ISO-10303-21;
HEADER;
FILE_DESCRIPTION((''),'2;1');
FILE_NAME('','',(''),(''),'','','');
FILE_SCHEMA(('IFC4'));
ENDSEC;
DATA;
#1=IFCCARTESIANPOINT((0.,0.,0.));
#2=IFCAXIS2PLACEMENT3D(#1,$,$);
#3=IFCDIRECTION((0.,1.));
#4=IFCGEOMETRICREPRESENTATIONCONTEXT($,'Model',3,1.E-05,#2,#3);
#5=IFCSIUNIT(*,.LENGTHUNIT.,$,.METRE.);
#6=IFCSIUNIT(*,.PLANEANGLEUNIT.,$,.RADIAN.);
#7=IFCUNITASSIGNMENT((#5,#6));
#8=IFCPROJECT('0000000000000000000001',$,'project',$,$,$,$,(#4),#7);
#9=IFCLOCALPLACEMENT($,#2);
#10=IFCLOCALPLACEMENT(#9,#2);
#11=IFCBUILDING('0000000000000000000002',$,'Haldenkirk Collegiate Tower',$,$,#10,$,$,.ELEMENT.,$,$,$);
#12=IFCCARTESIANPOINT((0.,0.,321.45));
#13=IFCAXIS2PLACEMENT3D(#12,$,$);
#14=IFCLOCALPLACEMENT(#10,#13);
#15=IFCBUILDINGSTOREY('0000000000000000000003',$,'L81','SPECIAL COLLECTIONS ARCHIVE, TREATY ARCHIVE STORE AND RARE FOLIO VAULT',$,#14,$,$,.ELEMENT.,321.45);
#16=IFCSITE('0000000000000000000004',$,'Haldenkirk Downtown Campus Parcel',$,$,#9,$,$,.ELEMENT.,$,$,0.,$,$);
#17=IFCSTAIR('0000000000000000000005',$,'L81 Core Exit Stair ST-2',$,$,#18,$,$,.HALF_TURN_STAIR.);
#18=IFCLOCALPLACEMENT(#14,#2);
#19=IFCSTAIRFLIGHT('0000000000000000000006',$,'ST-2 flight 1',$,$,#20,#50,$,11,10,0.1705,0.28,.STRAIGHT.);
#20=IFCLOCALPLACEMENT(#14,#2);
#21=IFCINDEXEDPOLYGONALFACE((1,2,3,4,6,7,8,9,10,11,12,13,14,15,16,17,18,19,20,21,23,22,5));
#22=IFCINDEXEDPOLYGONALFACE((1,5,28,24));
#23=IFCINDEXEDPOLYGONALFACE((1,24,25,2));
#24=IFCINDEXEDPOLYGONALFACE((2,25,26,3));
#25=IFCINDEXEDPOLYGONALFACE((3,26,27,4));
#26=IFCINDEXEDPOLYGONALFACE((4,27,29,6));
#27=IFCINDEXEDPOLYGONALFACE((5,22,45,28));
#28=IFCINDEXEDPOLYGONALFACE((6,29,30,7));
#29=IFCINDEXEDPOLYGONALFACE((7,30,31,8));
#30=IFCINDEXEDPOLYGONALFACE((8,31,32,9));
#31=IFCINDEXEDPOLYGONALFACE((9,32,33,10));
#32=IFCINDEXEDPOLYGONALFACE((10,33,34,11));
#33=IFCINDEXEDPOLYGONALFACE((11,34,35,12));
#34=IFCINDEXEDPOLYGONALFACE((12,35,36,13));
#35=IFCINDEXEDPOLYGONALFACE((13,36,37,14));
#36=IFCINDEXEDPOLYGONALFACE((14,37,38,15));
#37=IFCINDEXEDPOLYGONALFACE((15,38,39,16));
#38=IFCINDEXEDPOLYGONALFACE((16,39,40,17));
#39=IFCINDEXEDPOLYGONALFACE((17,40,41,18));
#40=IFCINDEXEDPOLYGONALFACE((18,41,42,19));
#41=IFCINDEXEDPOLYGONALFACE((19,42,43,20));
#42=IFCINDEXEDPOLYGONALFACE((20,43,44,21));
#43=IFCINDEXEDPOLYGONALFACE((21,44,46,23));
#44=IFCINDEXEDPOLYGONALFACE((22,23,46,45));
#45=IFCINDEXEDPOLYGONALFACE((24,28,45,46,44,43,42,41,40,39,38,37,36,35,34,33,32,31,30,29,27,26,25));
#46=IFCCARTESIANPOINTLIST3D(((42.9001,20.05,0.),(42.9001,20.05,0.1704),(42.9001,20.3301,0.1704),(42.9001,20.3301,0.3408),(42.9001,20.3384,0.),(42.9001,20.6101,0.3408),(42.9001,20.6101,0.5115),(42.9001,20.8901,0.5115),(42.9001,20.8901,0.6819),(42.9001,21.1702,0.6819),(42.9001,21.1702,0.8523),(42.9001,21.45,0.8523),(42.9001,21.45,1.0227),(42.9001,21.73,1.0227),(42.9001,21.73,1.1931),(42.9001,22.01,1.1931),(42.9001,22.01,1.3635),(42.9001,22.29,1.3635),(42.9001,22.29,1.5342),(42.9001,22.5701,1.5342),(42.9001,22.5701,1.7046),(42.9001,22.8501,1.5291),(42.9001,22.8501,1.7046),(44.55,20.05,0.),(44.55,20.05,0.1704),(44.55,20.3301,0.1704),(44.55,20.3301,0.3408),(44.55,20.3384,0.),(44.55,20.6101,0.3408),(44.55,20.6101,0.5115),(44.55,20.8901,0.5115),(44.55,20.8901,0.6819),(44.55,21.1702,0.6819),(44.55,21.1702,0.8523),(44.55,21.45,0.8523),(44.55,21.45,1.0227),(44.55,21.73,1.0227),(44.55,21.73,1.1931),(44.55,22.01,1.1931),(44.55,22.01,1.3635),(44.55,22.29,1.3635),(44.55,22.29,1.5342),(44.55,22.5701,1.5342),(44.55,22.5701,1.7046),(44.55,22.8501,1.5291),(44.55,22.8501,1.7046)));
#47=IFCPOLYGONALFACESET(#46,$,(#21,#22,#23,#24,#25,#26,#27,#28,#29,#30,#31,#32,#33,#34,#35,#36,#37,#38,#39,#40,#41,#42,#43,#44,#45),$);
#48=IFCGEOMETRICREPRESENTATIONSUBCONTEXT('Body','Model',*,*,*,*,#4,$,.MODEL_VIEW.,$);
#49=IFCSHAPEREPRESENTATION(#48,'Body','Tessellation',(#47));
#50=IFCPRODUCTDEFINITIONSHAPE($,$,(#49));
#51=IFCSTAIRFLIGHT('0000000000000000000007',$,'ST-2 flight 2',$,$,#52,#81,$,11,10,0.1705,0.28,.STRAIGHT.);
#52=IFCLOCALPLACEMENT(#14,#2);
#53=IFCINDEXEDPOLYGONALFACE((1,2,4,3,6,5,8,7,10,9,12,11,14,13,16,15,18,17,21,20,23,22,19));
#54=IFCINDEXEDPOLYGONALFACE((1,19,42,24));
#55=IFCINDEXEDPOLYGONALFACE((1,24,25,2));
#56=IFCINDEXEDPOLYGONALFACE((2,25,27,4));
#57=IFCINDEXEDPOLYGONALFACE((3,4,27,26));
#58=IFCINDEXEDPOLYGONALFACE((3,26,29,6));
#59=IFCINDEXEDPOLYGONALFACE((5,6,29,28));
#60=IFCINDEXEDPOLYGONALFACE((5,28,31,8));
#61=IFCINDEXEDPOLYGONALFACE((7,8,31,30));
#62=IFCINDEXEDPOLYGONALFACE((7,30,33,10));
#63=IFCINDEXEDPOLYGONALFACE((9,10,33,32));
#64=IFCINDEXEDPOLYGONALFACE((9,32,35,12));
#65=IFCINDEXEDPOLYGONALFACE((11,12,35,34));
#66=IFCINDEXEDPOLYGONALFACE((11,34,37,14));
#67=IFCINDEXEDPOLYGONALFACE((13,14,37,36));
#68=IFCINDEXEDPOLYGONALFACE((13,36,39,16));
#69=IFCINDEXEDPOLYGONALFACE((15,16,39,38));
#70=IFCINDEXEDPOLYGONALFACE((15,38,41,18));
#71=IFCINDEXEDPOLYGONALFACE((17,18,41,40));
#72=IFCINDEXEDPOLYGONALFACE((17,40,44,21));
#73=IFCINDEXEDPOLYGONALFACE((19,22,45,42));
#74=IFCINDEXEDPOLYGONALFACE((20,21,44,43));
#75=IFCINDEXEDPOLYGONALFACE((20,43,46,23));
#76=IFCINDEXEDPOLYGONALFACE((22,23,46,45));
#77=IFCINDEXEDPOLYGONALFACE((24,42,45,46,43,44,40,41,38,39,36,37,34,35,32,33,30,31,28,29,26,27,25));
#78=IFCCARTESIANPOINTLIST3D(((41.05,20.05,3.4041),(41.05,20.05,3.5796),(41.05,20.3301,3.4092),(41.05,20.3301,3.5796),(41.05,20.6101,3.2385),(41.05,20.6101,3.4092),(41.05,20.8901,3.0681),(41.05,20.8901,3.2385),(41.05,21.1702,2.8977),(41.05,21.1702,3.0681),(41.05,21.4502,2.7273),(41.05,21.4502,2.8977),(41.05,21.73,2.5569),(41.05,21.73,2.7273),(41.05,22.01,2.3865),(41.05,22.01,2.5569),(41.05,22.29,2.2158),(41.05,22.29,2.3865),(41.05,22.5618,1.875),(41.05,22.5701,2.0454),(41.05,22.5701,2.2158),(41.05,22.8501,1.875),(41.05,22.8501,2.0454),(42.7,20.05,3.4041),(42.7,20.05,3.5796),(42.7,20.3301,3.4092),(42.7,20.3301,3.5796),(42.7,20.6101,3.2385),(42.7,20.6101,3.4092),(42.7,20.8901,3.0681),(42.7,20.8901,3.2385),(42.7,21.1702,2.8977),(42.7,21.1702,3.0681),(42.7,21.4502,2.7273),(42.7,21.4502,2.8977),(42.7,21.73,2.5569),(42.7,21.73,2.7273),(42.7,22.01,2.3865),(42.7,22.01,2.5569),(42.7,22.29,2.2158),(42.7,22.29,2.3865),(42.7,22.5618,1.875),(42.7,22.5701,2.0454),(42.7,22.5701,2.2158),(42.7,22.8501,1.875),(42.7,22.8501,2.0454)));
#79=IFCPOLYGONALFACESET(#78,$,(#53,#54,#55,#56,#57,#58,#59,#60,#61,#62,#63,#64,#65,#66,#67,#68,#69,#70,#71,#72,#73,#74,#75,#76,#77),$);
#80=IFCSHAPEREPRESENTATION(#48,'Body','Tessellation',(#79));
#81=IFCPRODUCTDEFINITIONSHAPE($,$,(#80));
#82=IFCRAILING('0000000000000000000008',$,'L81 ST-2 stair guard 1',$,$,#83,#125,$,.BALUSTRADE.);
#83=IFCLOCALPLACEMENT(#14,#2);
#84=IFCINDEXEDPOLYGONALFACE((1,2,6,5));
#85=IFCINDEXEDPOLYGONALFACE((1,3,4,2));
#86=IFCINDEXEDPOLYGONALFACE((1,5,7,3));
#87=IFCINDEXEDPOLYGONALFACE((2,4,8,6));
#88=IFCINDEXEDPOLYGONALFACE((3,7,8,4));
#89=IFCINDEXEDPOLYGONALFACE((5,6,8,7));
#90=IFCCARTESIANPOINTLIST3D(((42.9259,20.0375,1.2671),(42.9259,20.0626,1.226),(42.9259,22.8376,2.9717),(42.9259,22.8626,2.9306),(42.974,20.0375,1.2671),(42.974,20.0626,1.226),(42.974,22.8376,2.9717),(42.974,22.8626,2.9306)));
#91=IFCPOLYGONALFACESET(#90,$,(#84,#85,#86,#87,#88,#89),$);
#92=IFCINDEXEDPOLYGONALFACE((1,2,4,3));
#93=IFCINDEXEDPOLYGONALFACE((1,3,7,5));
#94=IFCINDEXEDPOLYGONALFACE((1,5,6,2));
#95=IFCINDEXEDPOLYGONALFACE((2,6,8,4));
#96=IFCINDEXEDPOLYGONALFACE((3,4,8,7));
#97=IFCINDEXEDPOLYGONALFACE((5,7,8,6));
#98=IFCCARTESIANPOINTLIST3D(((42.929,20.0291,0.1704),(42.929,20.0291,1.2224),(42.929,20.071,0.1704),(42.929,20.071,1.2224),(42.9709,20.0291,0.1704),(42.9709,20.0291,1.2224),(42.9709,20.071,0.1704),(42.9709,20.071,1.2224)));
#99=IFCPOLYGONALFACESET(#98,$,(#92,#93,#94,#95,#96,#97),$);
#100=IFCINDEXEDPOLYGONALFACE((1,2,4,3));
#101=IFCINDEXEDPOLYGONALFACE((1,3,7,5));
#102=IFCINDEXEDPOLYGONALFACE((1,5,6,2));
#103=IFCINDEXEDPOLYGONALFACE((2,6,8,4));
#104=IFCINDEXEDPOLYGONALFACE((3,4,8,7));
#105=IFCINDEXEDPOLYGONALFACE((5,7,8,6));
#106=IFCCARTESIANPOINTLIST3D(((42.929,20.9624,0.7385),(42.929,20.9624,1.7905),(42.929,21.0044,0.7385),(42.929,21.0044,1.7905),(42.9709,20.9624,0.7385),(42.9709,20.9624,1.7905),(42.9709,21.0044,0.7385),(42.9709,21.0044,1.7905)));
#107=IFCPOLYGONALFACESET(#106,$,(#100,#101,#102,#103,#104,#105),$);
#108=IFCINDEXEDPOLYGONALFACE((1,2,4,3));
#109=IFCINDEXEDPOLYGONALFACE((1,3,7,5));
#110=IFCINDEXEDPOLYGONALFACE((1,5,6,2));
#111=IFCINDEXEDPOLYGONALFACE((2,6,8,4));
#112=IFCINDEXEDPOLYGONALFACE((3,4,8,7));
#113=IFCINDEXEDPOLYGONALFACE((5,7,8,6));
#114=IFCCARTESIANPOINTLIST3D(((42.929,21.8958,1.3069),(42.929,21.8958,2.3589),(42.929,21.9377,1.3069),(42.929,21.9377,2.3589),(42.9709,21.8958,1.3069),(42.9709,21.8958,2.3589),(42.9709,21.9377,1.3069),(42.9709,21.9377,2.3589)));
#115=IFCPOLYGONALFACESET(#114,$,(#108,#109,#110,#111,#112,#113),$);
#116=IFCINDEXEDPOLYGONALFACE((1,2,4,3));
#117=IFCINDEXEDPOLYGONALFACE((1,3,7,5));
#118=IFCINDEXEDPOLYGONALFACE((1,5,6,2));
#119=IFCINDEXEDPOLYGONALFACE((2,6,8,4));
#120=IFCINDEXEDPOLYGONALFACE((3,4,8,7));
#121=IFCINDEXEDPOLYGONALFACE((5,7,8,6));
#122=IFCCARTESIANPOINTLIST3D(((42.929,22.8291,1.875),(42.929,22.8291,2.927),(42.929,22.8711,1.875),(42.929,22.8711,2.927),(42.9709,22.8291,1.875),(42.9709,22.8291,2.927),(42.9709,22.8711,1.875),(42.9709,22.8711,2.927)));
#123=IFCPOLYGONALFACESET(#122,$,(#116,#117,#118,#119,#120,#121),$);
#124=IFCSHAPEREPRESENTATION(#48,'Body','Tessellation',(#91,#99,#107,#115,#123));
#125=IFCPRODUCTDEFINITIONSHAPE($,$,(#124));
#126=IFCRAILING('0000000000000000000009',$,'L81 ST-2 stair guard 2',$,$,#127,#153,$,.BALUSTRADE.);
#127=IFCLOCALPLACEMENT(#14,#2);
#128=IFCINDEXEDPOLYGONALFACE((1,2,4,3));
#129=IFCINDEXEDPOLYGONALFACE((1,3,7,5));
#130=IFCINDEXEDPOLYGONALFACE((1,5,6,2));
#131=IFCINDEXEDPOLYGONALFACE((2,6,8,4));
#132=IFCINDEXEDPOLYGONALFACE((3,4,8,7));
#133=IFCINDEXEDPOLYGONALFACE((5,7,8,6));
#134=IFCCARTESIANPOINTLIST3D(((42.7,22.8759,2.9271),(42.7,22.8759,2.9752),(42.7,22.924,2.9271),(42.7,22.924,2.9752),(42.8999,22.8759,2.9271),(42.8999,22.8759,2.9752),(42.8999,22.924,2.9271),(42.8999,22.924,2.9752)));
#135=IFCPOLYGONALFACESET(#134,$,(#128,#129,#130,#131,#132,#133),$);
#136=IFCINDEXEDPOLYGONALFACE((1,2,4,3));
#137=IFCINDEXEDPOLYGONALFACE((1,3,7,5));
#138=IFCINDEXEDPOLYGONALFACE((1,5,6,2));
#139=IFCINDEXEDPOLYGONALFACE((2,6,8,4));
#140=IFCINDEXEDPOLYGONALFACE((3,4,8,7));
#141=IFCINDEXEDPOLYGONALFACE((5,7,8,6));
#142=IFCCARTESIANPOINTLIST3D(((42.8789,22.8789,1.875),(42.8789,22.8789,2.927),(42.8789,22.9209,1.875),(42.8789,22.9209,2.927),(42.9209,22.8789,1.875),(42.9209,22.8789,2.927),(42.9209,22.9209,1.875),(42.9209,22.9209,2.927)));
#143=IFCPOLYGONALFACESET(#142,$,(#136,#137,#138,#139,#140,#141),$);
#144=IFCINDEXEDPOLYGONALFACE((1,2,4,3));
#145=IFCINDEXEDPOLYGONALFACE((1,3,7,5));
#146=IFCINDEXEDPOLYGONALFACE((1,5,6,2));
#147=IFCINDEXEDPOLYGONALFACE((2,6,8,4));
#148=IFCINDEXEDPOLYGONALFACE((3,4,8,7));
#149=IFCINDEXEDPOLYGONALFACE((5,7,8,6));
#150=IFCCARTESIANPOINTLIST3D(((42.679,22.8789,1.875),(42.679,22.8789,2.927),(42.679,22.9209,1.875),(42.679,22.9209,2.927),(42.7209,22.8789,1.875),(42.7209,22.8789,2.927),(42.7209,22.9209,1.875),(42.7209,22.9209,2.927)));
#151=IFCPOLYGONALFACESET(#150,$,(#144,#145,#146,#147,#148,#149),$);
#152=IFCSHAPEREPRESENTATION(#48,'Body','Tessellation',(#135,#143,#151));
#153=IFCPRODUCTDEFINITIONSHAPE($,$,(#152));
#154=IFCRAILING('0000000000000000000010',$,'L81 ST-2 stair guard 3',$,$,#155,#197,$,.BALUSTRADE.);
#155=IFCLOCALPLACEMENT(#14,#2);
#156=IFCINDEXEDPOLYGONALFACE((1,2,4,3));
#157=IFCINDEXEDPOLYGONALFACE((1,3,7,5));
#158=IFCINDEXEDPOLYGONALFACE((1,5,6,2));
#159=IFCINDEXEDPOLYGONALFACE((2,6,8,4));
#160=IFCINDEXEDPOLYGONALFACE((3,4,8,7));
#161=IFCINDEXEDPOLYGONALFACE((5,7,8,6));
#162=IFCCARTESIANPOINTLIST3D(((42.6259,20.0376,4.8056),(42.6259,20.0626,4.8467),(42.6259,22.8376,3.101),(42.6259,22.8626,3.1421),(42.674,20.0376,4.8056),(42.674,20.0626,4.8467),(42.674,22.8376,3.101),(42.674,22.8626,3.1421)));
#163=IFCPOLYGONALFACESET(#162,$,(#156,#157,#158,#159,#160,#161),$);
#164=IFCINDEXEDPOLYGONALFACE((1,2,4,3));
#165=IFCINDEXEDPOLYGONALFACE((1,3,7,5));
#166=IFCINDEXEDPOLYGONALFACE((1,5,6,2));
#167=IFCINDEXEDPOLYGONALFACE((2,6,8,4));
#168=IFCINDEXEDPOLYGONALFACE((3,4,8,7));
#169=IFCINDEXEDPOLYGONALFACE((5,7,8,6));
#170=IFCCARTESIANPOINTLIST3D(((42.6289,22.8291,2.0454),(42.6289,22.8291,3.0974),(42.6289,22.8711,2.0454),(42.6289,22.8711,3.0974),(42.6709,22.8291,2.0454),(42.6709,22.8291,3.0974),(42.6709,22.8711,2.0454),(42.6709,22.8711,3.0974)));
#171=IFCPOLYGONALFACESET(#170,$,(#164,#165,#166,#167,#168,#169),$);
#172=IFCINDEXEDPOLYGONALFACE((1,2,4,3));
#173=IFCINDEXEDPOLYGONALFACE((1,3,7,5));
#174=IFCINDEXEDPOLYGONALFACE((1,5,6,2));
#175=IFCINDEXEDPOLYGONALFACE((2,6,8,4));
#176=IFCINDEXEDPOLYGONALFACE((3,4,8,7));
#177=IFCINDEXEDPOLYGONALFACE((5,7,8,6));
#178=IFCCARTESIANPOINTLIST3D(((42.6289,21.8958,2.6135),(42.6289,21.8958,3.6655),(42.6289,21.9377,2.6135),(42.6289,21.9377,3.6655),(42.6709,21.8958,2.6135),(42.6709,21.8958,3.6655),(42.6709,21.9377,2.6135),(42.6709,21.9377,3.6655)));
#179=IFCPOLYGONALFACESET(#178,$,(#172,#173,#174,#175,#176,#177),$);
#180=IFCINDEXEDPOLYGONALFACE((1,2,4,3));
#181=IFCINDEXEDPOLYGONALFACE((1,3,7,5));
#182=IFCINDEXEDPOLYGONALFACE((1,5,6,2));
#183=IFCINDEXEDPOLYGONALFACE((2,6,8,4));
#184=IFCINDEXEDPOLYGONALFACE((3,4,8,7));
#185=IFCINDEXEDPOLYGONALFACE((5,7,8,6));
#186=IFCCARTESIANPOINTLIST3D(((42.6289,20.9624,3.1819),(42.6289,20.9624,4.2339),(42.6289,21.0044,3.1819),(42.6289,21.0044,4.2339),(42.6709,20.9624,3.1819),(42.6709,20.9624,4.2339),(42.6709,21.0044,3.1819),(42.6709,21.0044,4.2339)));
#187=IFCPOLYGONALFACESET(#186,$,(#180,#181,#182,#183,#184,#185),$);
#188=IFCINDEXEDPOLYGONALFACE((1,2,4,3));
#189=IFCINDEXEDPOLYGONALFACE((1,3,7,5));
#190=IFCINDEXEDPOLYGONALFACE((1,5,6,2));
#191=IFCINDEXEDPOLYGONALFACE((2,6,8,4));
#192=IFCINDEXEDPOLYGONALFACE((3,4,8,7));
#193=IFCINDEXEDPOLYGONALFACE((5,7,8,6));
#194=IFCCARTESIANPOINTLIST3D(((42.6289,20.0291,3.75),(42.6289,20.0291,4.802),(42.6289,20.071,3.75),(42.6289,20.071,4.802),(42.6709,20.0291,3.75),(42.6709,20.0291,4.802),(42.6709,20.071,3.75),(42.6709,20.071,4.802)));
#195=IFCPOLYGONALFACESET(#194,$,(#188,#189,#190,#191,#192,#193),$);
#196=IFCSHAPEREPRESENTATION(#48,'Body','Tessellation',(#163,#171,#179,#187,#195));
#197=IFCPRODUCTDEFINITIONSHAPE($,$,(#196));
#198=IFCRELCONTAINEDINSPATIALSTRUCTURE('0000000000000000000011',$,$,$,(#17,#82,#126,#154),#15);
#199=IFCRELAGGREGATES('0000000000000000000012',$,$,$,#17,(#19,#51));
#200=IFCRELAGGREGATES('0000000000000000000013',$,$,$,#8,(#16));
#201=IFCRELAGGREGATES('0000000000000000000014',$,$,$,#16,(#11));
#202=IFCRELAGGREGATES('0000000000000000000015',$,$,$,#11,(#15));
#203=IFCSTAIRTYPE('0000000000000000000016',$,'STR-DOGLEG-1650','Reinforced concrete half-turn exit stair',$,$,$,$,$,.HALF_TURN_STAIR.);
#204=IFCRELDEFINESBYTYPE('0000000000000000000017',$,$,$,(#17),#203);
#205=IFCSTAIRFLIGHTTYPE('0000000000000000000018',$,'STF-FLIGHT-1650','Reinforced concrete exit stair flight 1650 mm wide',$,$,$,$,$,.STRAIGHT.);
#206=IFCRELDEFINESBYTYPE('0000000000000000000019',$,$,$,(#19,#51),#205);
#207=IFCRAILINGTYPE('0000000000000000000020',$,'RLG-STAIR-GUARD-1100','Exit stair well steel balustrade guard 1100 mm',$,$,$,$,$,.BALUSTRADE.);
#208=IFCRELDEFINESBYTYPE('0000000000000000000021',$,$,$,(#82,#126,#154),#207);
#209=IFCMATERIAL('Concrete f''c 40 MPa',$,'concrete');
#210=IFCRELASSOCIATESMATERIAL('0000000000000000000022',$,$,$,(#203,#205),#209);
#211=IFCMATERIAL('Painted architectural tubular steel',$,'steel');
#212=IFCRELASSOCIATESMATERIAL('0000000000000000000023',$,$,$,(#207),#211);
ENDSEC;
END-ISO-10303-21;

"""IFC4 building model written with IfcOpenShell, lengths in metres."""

from ifc_helpers import new_model, si_unit, direction, frame, origin, origin_2d, place, context, subcontext, project, spatial, polyline, rectangle, outline, extrude, material, type_object, element, aggregate, save


model = new_model("IFC4")

# Units and contexts
model_context = context("Model", 3, precision=1e-05, world=origin(), true_north=direction((0.0, 1.0)))
body_context = subcontext(model_context, "Body", "Model", "MODEL_VIEW")
ifc_project = project(units=[si_unit("LENGTHUNIT", "METRE"), si_unit("PLANEANGLEUNIT", "RADIAN")], contexts=[model_context])

# Site, building, storey
site_placement = place(None, origin())
site = spatial("IfcSite", under=ifc_project, at=site_placement, Name="Haldenkirk Downtown Campus Parcel", CompositionType="ELEMENT", RefElevation=0.0)
building_placement = place(site_placement, origin())
building = spatial("IfcBuilding", under=site, at=building_placement, Name="Haldenkirk Collegiate Tower", CompositionType="ELEMENT")
storey_placement = place(building_placement, frame((0.0, 0.0, 321.45)))
storey = spatial("IfcBuildingStorey", under=building, at=storey_placement, Name="L81", Description="SPECIAL COLLECTIONS ARCHIVE, TREATY ARCHIVE STORE AND RARE FOLIO VAULT", CompositionType="ELEMENT", Elevation=321.45)

# Stair, stair flights
ifc_material_1 = material(Name="Concrete f'c 40 MPa", Category="concrete")
stair_type = type_object("IfcStairType", Name="STR-DOGLEG-1650", Description="Reinforced concrete half-turn exit stair", PredefinedType="HALF_TURN_STAIR", material=ifc_material_1)
stair_placement = place(storey_placement, origin())
stair = element("IfcStair", 1, at=stair_placement, inside=storey, type_object=stair_type, Name="L81 Core Exit Stair ST-2", PredefinedType="HALF_TURN_STAIR")
stair_flight_type = type_object("IfcStairFlightType", Name="STF-FLIGHT-1650", Description="Reinforced concrete exit stair flight 1650 mm wide", PredefinedType="STRAIGHT", material=ifc_material_1)
stair_flight_1_placement = place(storey_placement, frame((43.7251, 20.05, 0.0), z_axis=(0.0, 0.0, 1.0), x_axis=(0.0, 1.0, 0.0)))
stair_flight_1 = element("IfcStairFlight", 2, at=stair_flight_1_placement, type_object=stair_flight_type, Name="ST-2 flight 1", NumberOfRisers=11, NumberOfTreads=10, PredefinedType="STRAIGHT", RiserHeight=0.1705, TreadLength=0.28, context=body_context, shape_type="SweptSolid", body=[
    extrude(outline(polyline([(0.0, 0.0), (0.0, 0.1704), (0.28, 0.1704), (0.28, 0.3408), (0.5601, 0.3408), (0.5601, 0.5115), (0.8401, 0.5115), (0.8401, 0.6819), (1.1201, 0.6819), (1.1201, 0.8523), (1.3999, 0.8523), (1.3999, 1.0227), (1.6799, 1.0227), (1.6799, 1.1931), (1.96, 1.1931), (1.96, 1.3635), (2.24, 1.3635), (2.24, 1.5342), (2.52, 1.5342), (2.52, 1.7046), (2.8, 1.7046), (2.8, 1.875), (2.8, 1.5291), (0.2883, 0.0), (0.0, 0.0)])), frame((0.0, 0.825, 0.0), z_axis=(0.0, -1.0, 0.0), x_axis=(1.0, 0.0, 0.0)), (0.0, 0.0, 1.0), 1.6499),
])
stair_flight_2_placement = place(storey_placement, frame((41.875, 22.8501, 1.875), z_axis=(0.0, 0.0, 1.0), x_axis=(0.0, -1.0, 0.0)))
stair_flight_2 = element("IfcStairFlight", 3, at=stair_flight_2_placement, type_object=stair_flight_type, Name="ST-2 flight 2", NumberOfRisers=11, NumberOfTreads=10, PredefinedType="STRAIGHT", RiserHeight=0.1705, TreadLength=0.28, context=body_context, shape_type="SweptSolid", body=[
    extrude(outline(polyline([(0.0, 0.0), (0.0, 0.1704), (0.28, 0.1704), (0.28, 0.3408), (0.5601, 0.3408), (0.5601, 0.5115), (0.8401, 0.5115), (0.8401, 0.6819), (1.1201, 0.6819), (1.1201, 0.8523), (1.3999, 0.8523), (1.3999, 1.0227), (1.6799, 1.0227), (1.6799, 1.1931), (1.96, 1.1931), (1.96, 1.3635), (2.24, 1.3635), (2.24, 1.5342), (2.52, 1.5342), (2.52, 1.7046), (2.8, 1.7046), (2.8, 1.875), (2.8, 1.5291), (0.2883, 0.0), (0.0, 0.0)])), frame((0.0, 0.825, 0.0), z_axis=(0.0, -1.0, 0.0), x_axis=(1.0, 0.0, 0.0)), (0.0, 0.0, 1.0), 1.6499),
])
aggregate(stair, [stair_flight_1, stair_flight_2])

# Railings
ifc_material_2 = material(Name="Painted architectural tubular steel", Category="steel")
railing_type_1 = type_object("IfcRailingType", Name="RLG-STAIR-GUARD-1100", Description="Exit stair well steel balustrade guard 1100 mm", PredefinedType="BALUSTRADE", material=ifc_material_2)
railing_1_placement = place(storey_placement, frame((42.95, 20.05, 0.1704)))
element("IfcRailing", 4, at=railing_1_placement, inside=storey, type_object=railing_type_1, Name="L81 ST-2 stair guard 1", PredefinedType="BALUSTRADE", context=body_context, shape_type="SweptSolid", body=[
    extrude(rectangle(XDim=0.0481, YDim=0.0481, at=origin_2d()), frame((0.0, 0.0, 1.0762), z_axis=(0.0, 0.85417, 0.519994), x_axis=(-1.0, 0.0, 0.0)), (0.0, 0.0, 1.0), 3.2781),
    extrude(rectangle(XDim=0.042, YDim=0.042, at=origin_2d()), origin(), (0.0, 0.0, 1.0), 1.052),
    extrude(rectangle(XDim=0.042, YDim=0.042, at=origin_2d()), frame((0.0, 0.9333, 0.5681)), (0.0, 0.0, 1.0), 1.052),
    extrude(rectangle(XDim=0.042, YDim=0.042, at=origin_2d()), frame((0.0, 1.8667, 1.1365)), (0.0, 0.0, 1.0), 1.052),
    extrude(rectangle(XDim=0.042, YDim=0.042, at=origin_2d()), frame((0.0, 2.8, 1.7046)), (0.0, 0.0, 1.0), 1.052),
])
railing_2_placement = place(storey_placement, frame((42.8999, 22.8999, 1.875)))
element("IfcRailing", 5, at=railing_2_placement, inside=storey, type_object=railing_type_1, Name="L81 ST-2 stair guard 2", PredefinedType="BALUSTRADE", context=body_context, shape_type="SweptSolid", body=[
    extrude(rectangle(XDim=0.0481, YDim=0.0481, at=origin_2d()), frame((0.0, 0.0, 1.0762), z_axis=(-1.0, 0.0, 0.0), x_axis=(0.0, -1.0, 0.0)), (0.0, 0.0, 1.0), 0.2),
    extrude(rectangle(XDim=0.042, YDim=0.042, at=origin_2d()), origin(), (0.0, 0.0, 1.0), 1.052),
    extrude(rectangle(XDim=0.042, YDim=0.042, at=origin_2d()), frame((-0.2, 0.0, 0.0)), (0.0, 0.0, 1.0), 1.052),
])
railing_3_placement = place(storey_placement, frame((42.6499, 22.8501, 2.0454)))
element("IfcRailing", 6, at=railing_3_placement, inside=storey, type_object=railing_type_1, Name="L81 ST-2 stair guard 3", PredefinedType="BALUSTRADE", context=body_context, shape_type="SweptSolid", body=[
    extrude(rectangle(XDim=0.0481, YDim=0.0481, at=origin_2d()), frame((0.0, 0.0, 1.0762), z_axis=(0.0, -0.85417, 0.519994), x_axis=(1.0, 0.0, 0.0)), (0.0, 0.0, 1.0), 3.2781),
    extrude(rectangle(XDim=0.042, YDim=0.042, at=origin_2d()), origin(), (0.0, 0.0, 1.0), 1.052),
    extrude(rectangle(XDim=0.042, YDim=0.042, at=origin_2d()), frame((0.0, -0.9333, 0.5681)), (0.0, 0.0, 1.0), 1.052),
    extrude(rectangle(XDim=0.042, YDim=0.042, at=origin_2d()), frame((0.0, -1.8667, 1.1365)), (0.0, 0.0, 1.0), 1.052),
    extrude(rectangle(XDim=0.042, YDim=0.042, at=origin_2d()), frame((0.0, -2.8, 1.7046)), (0.0, 0.0, 1.0), 1.052),
])

save(model, "model.ifc")
